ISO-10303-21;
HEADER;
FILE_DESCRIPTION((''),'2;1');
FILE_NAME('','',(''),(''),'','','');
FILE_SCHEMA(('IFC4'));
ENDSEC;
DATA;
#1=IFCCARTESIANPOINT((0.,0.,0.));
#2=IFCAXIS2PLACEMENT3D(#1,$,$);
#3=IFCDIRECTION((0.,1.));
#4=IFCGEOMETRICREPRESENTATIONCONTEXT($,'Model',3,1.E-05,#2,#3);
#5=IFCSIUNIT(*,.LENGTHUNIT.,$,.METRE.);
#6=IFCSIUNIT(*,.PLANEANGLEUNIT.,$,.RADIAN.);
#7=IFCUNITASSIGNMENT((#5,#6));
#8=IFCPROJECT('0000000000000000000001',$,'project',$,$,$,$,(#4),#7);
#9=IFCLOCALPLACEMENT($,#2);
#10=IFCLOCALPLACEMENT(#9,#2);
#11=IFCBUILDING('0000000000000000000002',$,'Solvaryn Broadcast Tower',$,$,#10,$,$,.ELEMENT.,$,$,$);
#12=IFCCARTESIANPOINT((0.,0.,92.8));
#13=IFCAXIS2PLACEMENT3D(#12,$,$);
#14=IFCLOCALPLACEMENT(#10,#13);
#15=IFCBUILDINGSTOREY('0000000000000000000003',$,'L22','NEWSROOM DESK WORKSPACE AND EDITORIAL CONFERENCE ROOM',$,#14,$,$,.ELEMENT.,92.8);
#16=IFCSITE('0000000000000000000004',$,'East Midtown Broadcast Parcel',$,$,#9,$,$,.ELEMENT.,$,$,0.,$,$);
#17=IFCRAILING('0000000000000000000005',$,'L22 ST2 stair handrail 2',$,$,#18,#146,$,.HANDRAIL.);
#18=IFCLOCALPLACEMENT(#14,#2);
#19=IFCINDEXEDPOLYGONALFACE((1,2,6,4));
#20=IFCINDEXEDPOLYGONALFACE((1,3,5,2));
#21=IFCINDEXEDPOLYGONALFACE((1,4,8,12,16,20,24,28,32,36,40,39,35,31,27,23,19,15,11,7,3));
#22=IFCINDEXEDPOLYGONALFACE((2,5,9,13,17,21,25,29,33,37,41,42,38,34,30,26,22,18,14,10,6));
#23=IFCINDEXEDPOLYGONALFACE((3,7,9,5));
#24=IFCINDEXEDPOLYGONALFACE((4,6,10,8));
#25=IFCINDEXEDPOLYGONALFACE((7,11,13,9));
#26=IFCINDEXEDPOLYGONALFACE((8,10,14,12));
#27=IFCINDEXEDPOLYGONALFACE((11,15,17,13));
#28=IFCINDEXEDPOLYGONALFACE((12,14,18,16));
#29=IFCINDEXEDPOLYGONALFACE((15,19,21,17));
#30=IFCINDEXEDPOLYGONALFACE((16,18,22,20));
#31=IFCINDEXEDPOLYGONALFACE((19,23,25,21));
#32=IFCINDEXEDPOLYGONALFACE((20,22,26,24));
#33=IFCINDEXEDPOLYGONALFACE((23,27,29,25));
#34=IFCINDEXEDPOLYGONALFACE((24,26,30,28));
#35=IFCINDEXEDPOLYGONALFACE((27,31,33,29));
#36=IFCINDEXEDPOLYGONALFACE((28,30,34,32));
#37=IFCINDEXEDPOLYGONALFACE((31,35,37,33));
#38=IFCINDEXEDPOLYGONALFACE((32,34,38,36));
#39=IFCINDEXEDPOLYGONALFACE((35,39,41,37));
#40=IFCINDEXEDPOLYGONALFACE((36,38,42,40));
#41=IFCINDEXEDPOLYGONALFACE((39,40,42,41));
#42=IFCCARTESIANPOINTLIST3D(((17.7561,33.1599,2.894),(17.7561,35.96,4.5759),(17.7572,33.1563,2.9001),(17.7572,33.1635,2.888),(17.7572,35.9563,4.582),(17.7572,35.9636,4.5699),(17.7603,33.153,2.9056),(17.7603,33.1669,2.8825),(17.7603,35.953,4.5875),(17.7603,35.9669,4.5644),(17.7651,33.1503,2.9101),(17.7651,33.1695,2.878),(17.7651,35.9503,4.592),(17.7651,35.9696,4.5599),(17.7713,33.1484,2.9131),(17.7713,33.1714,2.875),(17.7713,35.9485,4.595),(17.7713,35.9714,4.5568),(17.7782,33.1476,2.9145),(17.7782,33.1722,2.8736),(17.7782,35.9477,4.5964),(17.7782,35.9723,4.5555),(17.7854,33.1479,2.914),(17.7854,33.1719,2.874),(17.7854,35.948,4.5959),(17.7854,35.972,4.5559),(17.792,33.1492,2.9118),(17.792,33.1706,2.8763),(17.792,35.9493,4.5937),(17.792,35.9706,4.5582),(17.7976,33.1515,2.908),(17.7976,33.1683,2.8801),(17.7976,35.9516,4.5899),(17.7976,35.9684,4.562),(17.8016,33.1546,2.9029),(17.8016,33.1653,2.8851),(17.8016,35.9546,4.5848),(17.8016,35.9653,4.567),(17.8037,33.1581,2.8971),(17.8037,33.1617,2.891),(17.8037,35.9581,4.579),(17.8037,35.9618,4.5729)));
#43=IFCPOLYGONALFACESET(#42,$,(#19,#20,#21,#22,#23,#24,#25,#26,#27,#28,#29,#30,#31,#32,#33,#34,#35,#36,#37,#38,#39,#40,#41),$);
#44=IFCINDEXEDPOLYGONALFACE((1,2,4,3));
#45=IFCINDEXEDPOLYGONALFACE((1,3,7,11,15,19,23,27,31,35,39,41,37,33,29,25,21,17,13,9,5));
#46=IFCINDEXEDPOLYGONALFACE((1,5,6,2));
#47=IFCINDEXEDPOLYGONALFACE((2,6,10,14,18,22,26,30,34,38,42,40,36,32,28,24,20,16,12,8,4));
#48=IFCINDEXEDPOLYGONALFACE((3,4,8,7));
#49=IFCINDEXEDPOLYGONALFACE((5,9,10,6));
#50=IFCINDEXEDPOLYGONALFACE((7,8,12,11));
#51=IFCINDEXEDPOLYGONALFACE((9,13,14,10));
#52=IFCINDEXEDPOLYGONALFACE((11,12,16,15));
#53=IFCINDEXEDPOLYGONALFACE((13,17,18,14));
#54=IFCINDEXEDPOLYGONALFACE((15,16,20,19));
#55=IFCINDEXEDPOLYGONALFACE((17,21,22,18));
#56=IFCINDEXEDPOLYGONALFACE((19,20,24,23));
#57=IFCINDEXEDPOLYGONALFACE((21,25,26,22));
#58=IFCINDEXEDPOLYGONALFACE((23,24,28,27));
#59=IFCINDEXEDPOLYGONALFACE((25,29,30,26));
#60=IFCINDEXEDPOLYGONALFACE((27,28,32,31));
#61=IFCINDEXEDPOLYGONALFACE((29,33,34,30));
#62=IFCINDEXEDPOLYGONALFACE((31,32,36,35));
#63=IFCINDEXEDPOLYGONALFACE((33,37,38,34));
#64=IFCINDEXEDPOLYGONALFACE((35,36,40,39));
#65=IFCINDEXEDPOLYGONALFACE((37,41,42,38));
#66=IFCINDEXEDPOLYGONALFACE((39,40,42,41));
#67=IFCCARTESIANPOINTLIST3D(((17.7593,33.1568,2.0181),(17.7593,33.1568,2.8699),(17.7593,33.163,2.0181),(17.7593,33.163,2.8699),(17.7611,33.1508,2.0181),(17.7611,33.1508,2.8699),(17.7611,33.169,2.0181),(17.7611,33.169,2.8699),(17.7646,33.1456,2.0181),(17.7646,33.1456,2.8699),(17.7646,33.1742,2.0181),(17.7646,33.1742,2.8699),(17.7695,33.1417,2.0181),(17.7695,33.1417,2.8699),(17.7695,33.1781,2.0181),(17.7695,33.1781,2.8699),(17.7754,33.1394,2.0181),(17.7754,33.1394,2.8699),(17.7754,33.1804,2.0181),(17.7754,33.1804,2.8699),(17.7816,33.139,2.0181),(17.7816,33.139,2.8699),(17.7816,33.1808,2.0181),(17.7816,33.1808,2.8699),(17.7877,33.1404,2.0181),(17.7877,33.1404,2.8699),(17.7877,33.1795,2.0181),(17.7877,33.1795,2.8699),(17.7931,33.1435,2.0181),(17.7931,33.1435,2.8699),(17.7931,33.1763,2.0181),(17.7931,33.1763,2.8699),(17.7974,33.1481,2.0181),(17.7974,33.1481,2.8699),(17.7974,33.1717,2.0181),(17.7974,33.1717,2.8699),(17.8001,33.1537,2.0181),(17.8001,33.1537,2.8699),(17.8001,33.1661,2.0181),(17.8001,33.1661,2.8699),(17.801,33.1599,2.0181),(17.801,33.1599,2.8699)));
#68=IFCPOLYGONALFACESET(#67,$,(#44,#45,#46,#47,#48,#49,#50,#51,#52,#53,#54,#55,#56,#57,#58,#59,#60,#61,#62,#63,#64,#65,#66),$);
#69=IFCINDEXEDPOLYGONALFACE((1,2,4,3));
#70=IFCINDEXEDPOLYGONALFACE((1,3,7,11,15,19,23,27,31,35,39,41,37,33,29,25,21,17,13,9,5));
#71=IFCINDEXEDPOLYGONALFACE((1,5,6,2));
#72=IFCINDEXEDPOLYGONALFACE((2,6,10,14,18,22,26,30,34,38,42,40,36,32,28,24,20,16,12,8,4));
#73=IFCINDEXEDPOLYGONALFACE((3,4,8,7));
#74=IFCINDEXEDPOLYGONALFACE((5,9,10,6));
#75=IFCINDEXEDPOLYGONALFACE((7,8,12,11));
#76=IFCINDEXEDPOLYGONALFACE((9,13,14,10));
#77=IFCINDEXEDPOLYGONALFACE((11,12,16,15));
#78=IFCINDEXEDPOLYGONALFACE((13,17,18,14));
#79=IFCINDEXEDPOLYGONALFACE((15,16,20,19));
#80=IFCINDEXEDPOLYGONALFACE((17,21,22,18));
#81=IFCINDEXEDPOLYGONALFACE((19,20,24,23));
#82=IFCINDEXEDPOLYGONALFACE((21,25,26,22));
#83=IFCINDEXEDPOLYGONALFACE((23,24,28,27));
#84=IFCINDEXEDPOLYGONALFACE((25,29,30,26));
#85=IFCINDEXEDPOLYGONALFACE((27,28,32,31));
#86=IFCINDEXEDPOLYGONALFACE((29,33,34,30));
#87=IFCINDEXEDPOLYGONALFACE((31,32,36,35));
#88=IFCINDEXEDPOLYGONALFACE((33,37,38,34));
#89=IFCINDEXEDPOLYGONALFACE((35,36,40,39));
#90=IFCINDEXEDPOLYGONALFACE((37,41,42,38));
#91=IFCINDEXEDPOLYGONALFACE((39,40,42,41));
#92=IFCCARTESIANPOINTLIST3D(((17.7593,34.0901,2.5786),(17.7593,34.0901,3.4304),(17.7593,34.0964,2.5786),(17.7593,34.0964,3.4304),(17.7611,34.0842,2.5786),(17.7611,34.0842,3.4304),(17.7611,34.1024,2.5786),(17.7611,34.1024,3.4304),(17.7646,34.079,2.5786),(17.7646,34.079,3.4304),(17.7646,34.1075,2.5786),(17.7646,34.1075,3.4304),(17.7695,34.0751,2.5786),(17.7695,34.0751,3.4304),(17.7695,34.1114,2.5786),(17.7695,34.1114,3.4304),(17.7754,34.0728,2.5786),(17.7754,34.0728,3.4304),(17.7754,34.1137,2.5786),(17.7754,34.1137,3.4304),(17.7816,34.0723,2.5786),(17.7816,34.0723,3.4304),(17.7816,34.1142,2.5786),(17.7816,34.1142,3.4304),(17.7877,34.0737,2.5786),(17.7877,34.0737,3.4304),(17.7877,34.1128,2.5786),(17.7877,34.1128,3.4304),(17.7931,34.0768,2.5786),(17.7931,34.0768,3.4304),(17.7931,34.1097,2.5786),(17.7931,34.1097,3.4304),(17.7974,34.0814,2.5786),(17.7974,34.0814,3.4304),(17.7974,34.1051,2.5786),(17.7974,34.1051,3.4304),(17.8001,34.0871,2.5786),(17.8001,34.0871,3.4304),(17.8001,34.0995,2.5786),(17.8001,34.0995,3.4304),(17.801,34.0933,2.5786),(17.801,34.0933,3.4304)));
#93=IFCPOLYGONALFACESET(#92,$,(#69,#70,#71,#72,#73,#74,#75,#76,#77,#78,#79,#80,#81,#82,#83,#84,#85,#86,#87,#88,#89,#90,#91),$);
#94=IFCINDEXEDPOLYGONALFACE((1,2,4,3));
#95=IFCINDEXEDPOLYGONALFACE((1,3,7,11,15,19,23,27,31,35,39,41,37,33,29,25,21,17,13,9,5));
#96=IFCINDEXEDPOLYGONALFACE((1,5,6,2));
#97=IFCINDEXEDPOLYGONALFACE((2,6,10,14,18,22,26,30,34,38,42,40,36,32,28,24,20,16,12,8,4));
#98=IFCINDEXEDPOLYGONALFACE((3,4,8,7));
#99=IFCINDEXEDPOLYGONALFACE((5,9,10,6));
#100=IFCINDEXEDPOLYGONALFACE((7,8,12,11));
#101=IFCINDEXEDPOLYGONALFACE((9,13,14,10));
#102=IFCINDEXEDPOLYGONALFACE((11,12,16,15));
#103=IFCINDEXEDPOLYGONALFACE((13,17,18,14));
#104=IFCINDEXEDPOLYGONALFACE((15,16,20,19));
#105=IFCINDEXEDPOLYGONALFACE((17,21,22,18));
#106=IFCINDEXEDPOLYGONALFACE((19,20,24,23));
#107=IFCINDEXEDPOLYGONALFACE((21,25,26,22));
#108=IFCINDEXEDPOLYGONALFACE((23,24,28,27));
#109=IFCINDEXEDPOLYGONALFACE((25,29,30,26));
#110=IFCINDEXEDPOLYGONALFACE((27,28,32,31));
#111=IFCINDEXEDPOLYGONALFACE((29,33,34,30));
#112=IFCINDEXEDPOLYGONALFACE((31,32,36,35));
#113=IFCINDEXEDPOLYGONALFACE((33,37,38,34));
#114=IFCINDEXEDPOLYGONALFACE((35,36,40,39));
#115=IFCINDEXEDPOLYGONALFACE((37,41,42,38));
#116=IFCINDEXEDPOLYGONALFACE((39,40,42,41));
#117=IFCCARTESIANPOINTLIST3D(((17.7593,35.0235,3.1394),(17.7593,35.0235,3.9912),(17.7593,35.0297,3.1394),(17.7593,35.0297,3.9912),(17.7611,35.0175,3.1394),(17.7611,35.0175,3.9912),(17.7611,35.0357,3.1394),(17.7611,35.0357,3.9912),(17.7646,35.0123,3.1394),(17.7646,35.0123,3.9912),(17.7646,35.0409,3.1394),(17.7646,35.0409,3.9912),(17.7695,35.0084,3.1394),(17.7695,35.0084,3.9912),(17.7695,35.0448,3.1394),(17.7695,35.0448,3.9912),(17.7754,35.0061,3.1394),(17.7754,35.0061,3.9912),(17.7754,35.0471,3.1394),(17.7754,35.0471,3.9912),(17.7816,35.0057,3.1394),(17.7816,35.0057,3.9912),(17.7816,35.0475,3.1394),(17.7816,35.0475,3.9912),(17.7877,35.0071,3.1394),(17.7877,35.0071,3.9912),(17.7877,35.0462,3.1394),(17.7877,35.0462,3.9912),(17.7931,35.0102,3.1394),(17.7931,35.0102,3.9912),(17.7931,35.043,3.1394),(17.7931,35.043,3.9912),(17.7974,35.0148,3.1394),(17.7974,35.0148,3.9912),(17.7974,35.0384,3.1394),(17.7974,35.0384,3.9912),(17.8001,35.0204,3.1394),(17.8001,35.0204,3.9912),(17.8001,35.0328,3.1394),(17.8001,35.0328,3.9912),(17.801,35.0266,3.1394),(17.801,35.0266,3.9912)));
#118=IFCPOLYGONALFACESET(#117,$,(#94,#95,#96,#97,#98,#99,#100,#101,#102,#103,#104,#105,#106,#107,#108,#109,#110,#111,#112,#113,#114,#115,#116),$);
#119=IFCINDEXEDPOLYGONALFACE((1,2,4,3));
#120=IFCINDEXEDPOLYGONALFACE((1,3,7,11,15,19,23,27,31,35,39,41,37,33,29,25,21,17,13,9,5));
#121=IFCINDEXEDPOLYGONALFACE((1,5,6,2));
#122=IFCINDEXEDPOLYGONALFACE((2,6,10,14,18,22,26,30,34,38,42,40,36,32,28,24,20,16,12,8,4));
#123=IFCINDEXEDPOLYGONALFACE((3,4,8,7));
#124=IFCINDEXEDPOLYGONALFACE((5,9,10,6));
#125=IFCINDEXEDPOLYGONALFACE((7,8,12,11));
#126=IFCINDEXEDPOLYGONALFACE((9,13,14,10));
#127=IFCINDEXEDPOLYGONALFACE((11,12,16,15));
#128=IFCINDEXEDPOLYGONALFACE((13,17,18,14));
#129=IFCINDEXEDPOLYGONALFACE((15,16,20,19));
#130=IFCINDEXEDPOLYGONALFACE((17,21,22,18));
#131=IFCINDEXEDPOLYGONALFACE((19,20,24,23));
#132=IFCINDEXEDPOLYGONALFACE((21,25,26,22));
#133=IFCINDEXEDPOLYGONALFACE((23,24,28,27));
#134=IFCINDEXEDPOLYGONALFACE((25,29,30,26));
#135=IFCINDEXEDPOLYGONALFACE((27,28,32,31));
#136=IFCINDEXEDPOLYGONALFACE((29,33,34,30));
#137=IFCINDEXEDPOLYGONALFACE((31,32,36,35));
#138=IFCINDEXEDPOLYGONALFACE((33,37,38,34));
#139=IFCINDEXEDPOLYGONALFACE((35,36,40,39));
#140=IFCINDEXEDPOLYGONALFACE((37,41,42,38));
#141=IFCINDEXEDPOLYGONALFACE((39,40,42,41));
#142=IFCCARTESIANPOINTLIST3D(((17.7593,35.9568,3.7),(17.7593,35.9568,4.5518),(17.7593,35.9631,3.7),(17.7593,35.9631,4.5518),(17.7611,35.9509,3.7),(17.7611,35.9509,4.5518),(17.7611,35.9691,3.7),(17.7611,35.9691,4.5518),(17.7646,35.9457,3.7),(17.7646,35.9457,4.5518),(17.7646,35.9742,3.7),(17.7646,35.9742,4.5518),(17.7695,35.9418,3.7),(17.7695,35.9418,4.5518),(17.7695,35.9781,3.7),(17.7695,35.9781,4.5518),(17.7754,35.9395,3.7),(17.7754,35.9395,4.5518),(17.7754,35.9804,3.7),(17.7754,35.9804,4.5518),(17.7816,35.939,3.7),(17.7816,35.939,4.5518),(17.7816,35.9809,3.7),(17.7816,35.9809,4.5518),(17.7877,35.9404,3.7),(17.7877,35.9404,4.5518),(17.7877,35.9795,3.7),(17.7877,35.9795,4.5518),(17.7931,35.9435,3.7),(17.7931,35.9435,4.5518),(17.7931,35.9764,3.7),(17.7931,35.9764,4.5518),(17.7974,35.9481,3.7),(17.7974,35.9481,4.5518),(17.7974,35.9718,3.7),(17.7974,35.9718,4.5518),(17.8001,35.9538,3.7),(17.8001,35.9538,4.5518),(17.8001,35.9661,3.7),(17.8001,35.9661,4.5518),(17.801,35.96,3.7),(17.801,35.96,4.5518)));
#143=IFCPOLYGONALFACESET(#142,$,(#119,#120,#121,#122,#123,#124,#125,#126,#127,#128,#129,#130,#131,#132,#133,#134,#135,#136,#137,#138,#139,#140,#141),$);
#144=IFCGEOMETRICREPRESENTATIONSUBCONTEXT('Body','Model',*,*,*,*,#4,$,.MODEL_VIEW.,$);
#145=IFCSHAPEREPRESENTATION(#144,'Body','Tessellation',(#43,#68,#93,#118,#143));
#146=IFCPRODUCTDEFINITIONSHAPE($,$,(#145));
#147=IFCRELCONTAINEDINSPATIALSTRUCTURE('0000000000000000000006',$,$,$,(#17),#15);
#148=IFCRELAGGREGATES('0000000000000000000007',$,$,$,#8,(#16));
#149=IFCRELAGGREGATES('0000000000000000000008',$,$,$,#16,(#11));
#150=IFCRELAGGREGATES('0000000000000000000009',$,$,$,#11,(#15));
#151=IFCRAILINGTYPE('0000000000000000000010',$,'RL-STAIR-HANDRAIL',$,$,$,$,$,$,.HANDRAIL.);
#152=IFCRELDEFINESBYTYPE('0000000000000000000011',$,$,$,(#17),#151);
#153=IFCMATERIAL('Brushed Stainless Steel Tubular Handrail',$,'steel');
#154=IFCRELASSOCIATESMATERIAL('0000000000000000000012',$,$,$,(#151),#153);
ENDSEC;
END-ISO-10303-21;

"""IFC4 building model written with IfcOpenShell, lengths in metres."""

from ifc_helpers import new_model, si_unit, direction, frame, origin, origin_2d, place, context, subcontext, project, spatial, circle, extrude, material, type_object, element, save


model = new_model("IFC4")

# Units and contexts
model_context = context("Model", 3, precision=1e-05, world=origin(), true_north=direction((0.0, 1.0)))
body_context = subcontext(model_context, "Body", "Model", "MODEL_VIEW")
ifc_project = project(units=[si_unit("LENGTHUNIT", "METRE"), si_unit("PLANEANGLEUNIT", "RADIAN")], contexts=[model_context])

# Site, building, storey
site_placement = place(None, origin())
site = spatial("IfcSite", under=ifc_project, at=site_placement, Name="East Midtown Broadcast Parcel", CompositionType="ELEMENT", RefElevation=0.0)
building_placement = place(site_placement, origin())
building = spatial("IfcBuilding", under=site, at=building_placement, Name="Solvaryn Broadcast Tower", CompositionType="ELEMENT")
storey_placement = place(building_placement, frame((0.0, 0.0, 92.8)))
storey = spatial("IfcBuildingStorey", under=building, at=storey_placement, Name="L22", Description="NEWSROOM DESK WORKSPACE AND EDITORIAL CONFERENCE ROOM", CompositionType="ELEMENT", Elevation=92.8)

# Railing
ifc_material_1 = material(Name="Brushed Stainless Steel Tubular Handrail", Category="steel")
railing_type_1 = type_object("IfcRailingType", Name="RL-STAIR-HANDRAIL", PredefinedType="HANDRAIL", material=ifc_material_1)
railing_1_placement = place(storey_placement, frame((17.78, 33.1599, 2.0181)))
element("IfcRailing", 1, at=railing_1_placement, inside=storey, type_object=railing_type_1, Name="L22 ST2 stair handrail 2", PredefinedType="HANDRAIL", context=body_context, shape_type="SweptSolid", body=[
    extrude(circle(Radius=0.0239, at=origin_2d()), frame((0.0, 0.0, 0.876), z_axis=(0.0, 0.857242, 0.514913), x_axis=(-1.0, 0.0, 0.0)), (0.0, 0.0, 1.0), 3.2664),
    extrude(circle(Radius=0.021, at=origin_2d()), origin(), (0.0, 0.0, 1.0), 0.8518),
    extrude(circle(Radius=0.021, at=origin_2d()), frame((0.0, 0.9333, 0.5605)), (0.0, 0.0, 1.0), 0.8518),
    extrude(circle(Radius=0.021, at=origin_2d()), frame((0.0, 1.8667, 1.1213)), (0.0, 0.0, 1.0), 0.8518),
    extrude(circle(Radius=0.021, at=origin_2d()), frame((0.0, 2.8, 1.6819)), (0.0, 0.0, 1.0), 0.8518),
])

save(model, "model.ifc")
